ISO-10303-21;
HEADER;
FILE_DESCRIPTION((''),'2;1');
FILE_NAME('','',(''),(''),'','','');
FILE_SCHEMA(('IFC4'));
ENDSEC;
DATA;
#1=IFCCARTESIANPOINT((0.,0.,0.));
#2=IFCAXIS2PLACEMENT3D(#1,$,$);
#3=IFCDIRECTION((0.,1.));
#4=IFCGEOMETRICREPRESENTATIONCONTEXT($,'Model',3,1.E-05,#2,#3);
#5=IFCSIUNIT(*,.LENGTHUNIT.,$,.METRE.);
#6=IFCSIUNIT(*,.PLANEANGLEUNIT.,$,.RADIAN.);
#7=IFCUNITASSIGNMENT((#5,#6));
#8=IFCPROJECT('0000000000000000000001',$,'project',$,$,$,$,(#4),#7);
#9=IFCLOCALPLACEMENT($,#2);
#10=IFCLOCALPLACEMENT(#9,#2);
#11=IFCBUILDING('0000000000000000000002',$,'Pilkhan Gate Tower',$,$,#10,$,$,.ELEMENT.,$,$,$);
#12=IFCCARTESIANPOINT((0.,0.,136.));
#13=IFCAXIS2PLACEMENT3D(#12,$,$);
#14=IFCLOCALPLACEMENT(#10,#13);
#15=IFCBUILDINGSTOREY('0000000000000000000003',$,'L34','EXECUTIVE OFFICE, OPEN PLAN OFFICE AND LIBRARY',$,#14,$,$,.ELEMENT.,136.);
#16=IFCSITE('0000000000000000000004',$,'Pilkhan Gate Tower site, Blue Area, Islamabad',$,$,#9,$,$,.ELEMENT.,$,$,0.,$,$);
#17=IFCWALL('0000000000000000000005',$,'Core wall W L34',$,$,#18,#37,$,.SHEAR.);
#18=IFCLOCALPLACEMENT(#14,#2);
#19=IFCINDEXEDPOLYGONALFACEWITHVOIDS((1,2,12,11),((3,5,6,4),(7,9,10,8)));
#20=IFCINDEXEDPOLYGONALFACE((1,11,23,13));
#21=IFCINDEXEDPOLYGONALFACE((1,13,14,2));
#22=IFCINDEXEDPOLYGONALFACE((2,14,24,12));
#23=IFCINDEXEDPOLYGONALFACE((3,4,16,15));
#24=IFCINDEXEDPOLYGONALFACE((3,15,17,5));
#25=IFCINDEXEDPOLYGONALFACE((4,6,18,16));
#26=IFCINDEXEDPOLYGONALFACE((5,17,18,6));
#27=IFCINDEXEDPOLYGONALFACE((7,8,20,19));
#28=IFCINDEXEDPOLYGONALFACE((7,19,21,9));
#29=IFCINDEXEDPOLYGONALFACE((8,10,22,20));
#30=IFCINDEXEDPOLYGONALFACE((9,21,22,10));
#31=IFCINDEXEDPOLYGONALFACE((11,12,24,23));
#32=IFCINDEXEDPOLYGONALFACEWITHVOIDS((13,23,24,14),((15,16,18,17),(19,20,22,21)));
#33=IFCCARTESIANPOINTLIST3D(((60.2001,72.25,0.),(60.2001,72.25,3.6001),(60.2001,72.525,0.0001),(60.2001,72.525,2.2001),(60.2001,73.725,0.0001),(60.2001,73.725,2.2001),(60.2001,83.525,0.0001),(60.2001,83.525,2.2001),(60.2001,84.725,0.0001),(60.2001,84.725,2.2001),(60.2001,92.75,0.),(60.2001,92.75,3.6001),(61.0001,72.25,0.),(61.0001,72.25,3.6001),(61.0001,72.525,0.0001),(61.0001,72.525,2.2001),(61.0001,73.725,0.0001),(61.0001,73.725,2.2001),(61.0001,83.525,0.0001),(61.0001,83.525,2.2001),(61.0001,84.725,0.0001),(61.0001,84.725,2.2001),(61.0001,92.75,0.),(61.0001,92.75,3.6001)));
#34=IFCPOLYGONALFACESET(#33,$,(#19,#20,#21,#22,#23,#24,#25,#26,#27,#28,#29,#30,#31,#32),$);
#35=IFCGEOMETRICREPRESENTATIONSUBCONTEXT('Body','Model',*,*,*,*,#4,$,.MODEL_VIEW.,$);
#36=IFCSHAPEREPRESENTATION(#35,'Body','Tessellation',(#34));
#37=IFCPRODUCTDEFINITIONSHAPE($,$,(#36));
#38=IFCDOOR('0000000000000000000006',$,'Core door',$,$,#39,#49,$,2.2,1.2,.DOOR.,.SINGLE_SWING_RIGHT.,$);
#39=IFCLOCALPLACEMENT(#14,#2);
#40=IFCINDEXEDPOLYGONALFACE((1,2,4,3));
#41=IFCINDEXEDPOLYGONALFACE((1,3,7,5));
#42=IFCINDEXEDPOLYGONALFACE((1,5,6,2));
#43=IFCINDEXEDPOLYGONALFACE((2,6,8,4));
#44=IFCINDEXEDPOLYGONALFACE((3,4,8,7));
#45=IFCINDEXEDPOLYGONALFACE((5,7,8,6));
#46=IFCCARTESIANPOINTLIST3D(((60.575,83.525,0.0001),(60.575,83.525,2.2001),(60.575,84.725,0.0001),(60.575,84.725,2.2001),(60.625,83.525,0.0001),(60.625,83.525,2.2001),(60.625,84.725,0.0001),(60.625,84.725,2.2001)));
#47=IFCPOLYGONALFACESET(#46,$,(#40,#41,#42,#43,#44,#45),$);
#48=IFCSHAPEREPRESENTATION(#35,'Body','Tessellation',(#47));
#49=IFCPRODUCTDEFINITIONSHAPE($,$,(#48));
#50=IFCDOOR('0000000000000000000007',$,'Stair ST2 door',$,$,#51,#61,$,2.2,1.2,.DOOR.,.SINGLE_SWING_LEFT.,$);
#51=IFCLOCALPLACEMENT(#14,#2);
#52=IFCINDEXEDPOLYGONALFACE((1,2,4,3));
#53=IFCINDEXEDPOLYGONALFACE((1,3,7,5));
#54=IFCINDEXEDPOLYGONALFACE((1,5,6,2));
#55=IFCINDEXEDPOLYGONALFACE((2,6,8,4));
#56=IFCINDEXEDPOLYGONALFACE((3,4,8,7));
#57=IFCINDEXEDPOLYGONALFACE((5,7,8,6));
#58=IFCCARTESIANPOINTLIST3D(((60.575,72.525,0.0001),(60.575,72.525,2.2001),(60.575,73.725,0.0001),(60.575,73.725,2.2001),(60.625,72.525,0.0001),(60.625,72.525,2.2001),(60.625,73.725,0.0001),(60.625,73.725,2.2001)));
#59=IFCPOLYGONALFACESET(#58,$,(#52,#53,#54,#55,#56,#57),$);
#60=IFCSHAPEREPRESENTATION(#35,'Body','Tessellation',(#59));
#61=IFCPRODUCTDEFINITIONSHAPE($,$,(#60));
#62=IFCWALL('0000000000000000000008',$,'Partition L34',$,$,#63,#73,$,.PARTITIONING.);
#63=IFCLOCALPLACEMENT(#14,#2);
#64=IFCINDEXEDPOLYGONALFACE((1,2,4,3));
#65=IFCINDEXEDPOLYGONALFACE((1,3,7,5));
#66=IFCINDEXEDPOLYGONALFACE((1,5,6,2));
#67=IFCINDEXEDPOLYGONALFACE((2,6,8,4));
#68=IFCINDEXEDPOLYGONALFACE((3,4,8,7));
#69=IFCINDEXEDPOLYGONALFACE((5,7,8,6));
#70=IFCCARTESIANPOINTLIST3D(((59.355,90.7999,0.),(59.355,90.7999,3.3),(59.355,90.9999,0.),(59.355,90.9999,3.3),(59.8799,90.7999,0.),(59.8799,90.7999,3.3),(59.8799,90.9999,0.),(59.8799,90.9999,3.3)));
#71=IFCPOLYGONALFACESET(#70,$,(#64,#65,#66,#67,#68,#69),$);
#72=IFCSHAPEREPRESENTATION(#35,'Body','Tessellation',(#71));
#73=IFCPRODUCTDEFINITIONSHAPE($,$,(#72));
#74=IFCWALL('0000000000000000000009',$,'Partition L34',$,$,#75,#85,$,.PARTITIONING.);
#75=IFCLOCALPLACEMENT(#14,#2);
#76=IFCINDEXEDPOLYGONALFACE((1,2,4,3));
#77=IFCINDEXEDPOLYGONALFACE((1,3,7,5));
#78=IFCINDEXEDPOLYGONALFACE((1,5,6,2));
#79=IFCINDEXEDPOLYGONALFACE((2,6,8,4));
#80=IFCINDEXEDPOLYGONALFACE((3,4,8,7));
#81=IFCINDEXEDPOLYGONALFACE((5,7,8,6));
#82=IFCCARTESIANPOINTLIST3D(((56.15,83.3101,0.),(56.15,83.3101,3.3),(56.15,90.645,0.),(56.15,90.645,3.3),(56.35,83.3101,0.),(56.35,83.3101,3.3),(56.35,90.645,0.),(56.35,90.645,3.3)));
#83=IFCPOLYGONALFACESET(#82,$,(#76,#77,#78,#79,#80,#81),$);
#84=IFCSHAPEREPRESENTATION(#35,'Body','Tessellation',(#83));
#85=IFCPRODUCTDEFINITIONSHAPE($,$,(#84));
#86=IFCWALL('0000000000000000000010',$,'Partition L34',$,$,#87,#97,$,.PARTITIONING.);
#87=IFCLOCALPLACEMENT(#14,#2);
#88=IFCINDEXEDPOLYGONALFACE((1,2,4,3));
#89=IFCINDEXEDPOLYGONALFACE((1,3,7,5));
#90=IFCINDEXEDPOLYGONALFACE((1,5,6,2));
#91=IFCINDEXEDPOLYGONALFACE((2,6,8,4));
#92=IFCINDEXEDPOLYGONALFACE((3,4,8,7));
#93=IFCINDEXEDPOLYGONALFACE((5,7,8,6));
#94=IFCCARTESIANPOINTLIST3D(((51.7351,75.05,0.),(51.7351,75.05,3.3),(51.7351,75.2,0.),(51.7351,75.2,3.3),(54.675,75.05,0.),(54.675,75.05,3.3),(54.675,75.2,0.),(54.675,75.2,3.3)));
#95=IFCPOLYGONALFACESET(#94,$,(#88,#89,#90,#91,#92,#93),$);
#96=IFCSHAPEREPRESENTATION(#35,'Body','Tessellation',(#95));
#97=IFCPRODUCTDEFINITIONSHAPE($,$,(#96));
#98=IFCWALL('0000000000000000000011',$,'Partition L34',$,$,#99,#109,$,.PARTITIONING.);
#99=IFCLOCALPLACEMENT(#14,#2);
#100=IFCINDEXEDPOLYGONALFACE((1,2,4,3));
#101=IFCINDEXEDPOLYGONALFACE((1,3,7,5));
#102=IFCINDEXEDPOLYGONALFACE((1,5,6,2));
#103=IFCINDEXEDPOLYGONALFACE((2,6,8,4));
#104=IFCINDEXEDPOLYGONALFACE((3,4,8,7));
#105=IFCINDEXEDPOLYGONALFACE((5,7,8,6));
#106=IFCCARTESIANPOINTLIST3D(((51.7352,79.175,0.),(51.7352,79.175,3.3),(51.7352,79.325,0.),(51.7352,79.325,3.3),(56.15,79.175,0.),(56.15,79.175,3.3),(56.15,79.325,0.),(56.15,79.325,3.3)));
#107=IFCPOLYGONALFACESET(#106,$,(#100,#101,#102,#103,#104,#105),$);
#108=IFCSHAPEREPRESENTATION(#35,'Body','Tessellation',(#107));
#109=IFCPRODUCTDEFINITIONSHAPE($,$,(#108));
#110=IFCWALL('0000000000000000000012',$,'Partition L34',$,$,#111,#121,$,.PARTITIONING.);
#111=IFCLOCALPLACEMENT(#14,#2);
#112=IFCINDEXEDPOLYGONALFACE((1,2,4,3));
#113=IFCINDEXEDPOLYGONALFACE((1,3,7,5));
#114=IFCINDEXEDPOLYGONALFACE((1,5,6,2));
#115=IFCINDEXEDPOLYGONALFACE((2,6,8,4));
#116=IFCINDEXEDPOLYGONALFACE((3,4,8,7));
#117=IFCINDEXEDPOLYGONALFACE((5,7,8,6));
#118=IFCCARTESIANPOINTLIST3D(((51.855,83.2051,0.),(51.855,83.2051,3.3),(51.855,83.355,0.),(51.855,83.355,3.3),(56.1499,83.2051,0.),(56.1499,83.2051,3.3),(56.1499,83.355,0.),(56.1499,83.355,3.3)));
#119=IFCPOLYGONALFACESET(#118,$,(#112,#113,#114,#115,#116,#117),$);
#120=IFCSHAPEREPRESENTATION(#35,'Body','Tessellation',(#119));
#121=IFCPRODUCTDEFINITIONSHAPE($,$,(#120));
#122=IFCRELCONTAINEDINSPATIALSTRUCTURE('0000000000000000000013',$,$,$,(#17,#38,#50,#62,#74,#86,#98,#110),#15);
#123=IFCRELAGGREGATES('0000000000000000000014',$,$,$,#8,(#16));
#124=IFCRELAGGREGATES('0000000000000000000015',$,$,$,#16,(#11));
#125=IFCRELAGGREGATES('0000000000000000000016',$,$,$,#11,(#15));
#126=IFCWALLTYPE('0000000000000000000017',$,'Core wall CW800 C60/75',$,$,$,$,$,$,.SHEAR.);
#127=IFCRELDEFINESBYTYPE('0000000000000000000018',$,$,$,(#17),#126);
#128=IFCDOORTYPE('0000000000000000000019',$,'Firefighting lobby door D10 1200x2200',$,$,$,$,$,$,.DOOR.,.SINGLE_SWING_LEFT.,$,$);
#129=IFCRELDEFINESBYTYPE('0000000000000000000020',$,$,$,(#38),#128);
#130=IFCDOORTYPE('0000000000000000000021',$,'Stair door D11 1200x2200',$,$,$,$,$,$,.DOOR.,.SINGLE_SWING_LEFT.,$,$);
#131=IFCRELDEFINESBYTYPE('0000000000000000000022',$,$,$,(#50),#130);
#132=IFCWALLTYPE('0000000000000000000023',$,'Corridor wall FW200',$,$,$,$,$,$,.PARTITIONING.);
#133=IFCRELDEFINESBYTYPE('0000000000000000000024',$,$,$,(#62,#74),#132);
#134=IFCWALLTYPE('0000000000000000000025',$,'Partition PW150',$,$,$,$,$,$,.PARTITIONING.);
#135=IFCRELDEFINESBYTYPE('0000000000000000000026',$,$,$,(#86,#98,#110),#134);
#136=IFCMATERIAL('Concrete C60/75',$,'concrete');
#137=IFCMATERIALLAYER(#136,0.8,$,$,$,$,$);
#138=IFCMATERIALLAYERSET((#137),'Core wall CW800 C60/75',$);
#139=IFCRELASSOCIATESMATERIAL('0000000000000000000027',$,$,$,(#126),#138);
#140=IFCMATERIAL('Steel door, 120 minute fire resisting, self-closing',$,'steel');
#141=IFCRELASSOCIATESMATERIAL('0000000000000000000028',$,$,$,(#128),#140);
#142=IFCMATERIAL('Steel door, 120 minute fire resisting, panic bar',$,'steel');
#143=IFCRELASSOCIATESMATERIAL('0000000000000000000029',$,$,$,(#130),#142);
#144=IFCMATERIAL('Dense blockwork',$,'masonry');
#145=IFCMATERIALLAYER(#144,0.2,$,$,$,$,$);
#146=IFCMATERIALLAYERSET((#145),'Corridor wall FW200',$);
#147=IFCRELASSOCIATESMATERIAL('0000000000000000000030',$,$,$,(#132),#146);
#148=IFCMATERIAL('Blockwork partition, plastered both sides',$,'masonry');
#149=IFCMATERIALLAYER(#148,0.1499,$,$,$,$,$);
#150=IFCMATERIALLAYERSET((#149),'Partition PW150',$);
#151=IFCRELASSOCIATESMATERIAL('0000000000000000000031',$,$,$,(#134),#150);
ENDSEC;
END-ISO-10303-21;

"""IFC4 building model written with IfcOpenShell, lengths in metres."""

from ifc_helpers import new_model, si_unit, direction, frame, frame_2d, origin, place, context, subcontext, project, spatial, rectangle, extrude, material, layer, layer_set, type_object, element, fill, save


model = new_model("IFC4")

# Units and contexts
model_context = context("Model", 3, precision=1e-05, world=origin(), true_north=direction((0.0, 1.0)))
body_context = subcontext(model_context, "Body", "Model", "MODEL_VIEW")
ifc_project = project(units=[si_unit("LENGTHUNIT", "METRE"), si_unit("PLANEANGLEUNIT", "RADIAN")], contexts=[model_context])

# Site, building, storey
site_placement = place(None, origin())
site = spatial("IfcSite", under=ifc_project, at=site_placement, Name="Pilkhan Gate Tower site, Blue Area, Islamabad", CompositionType="ELEMENT", RefElevation=0.0)
building_placement = place(site_placement, origin())
building = spatial("IfcBuilding", under=site, at=building_placement, Name="Pilkhan Gate Tower", CompositionType="ELEMENT")
storey_placement = place(building_placement, frame((0.0, 0.0, 136.0)))
storey = spatial("IfcBuildingStorey", under=building, at=storey_placement, Name="L34", Description="EXECUTIVE OFFICE, OPEN PLAN OFFICE AND LIBRARY", CompositionType="ELEMENT", Elevation=136.0)

# Shared definitions
ifc_material_1 = material(Name="Concrete C60/75", Category="concrete")

# Wall, openings, doors
ifc_layer_1 = layer(ifc_material_1, 0.8)
ifc_layer_set_1 = layer_set([ifc_layer_1], Name="Core wall CW800 C60/75")
wall_type_1 = type_object("IfcWallType", Name="Core wall CW800 C60/75", PredefinedType="SHEAR", material=ifc_layer_set_1)
wall_1_placement = place(storey_placement, frame((60.6001, 92.75, 0.0), z_axis=(0.0, 0.0, 1.0), x_axis=(0.0, -1.0, 0.0)))
wall_1 = element("IfcWall", 1, at=wall_1_placement, inside=storey, type_object=wall_type_1, Name="Core wall W L34", PredefinedType="SHEAR", context=body_context, shape_type="SweptSolid", body=[
    extrude(rectangle(XDim=20.5, YDim=0.8, at=frame_2d((10.25, 0.0))), origin(), (0.0, 0.0, 1.0), 3.6001),
])
opening_1_placement = place(wall_1_placement, frame((19.0249, 0.0, 0.0)))
opening_1 = element("IfcOpeningElement", 2, at=opening_1_placement, cuts=wall_1, PredefinedType="OPENING", context=body_context, shape_type="SweptSolid", body=[
    extrude(rectangle(XDim=1.2, YDim=2.2, at=frame_2d((0.6001, 1.1001))), frame((0.0, 0.4099, 0.0), z_axis=(0.0, -1.0, 0.0), x_axis=(1.0, 0.0, 0.0)), (0.0, 0.0, 1.0), 0.8201),
])
opening_2_placement = place(wall_1_placement, frame((8.0249, 0.0, 0.0)))
opening_2 = element("IfcOpeningElement", 3, at=opening_2_placement, cuts=wall_1, PredefinedType="OPENING", context=body_context, shape_type="SweptSolid", body=[
    extrude(rectangle(XDim=1.2, YDim=2.2, at=frame_2d((0.6001, 1.1001))), frame((0.0, 0.4099, 0.0), z_axis=(0.0, -1.0, 0.0), x_axis=(1.0, 0.0, 0.0)), (0.0, 0.0, 1.0), 0.8201),
])
ifc_material_2 = material(Name="Steel door, 120 minute fire resisting, self-closing", Category="steel")
door_type_1 = type_object("IfcDoorType", Name="Firefighting lobby door D10 1200x2200", OperationType="SINGLE_SWING_LEFT", PredefinedType="DOOR", material=ifc_material_2)
door_1_placement = place(opening_2_placement, origin())
door_1 = element("IfcDoor", 4, at=door_1_placement, inside=storey, type_object=door_type_1, Name="Core door", OperationType="SINGLE_SWING_RIGHT", OverallHeight=2.2, OverallWidth=1.2, PredefinedType="DOOR", context=body_context, shape_type="SweptSolid", body=[
    extrude(rectangle(XDim=1.2, YDim=2.2, at=frame_2d((0.6001, 1.1001))), frame((0.0, 0.0249, 0.0), z_axis=(0.0, -1.0, 0.0), x_axis=(1.0, 0.0, 0.0)), (0.0, 0.0, 1.0), 0.05),
])
fill(opening_2, door_1)
ifc_material_3 = material(Name="Steel door, 120 minute fire resisting, panic bar", Category="steel")
door_type_2 = type_object("IfcDoorType", Name="Stair door D11 1200x2200", OperationType="SINGLE_SWING_LEFT", PredefinedType="DOOR", material=ifc_material_3)
door_2_placement = place(opening_1_placement, origin())
door_2 = element("IfcDoor", 5, at=door_2_placement, inside=storey, type_object=door_type_2, Name="Stair ST2 door", OperationType="SINGLE_SWING_LEFT", OverallHeight=2.2, OverallWidth=1.2, PredefinedType="DOOR", context=body_context, shape_type="SweptSolid", body=[
    extrude(rectangle(XDim=1.2, YDim=2.2, at=frame_2d((0.6001, 1.1001))), frame((0.0, 0.0249, 0.0), z_axis=(0.0, -1.0, 0.0), x_axis=(1.0, 0.0, 0.0)), (0.0, 0.0, 1.0), 0.05),
])
fill(opening_1, door_2)

# Walls
ifc_material_4 = material(Name="Dense blockwork", Category="masonry")
ifc_layer_2 = layer(ifc_material_4, 0.2)
ifc_layer_set_2 = layer_set([ifc_layer_2], Name="Corridor wall FW200")
wall_type_2 = type_object("IfcWallType", Name="Corridor wall FW200", PredefinedType="PARTITIONING", material=ifc_layer_set_2)
wall_2_placement = place(storey_placement, frame((59.355, 90.8999, 0.0), z_axis=(0.0, 0.0, 1.0), x_axis=(1.0, 0.0, 0.0)))
element("IfcWall", 6, at=wall_2_placement, inside=storey, type_object=wall_type_2, Name="Partition L34", PredefinedType="PARTITIONING", context=body_context, shape_type="SweptSolid", body=[
    extrude(rectangle(XDim=0.5249, YDim=0.2, at=frame_2d((0.2625, 0.0))), origin(), (0.0, 0.0, 1.0), 3.3),
])
wall_3_placement = place(storey_placement, frame((56.25, 83.3101, 0.0), z_axis=(0.0, 0.0, 1.0), x_axis=(0.0, 1.0, 0.0)))
element("IfcWall", 7, at=wall_3_placement, inside=storey, type_object=wall_type_2, Name="Partition L34", PredefinedType="PARTITIONING", context=body_context, shape_type="SweptSolid", body=[
    extrude(rectangle(XDim=7.335, YDim=0.2, at=frame_2d((3.6675, 0.0))), origin(), (0.0, 0.0, 1.0), 3.3),
])
ifc_material_5 = material(Name="Blockwork partition, plastered both sides", Category="masonry")
ifc_layer_3 = layer(ifc_material_5, 0.1499)
ifc_layer_set_3 = layer_set([ifc_layer_3], Name="Partition PW150")
wall_type_3 = type_object("IfcWallType", Name="Partition PW150", PredefinedType="PARTITIONING", material=ifc_layer_set_3)
wall_4_placement = place(storey_placement, frame((51.7351, 75.125, 0.0), z_axis=(0.0, 0.0, 1.0), x_axis=(1.0, 0.0, 0.0)))
element("IfcWall", 8, at=wall_4_placement, inside=storey, type_object=wall_type_3, Name="Partition L34", PredefinedType="PARTITIONING", context=body_context, shape_type="SweptSolid", body=[
    extrude(rectangle(XDim=2.9399, YDim=0.1499, at=frame_2d((1.47, 0.0))), origin(), (0.0, 0.0, 1.0), 3.3),
])
wall_5_placement = place(storey_placement, frame((51.7351, 79.25, 0.0), z_axis=(0.0, 0.0, 1.0), x_axis=(1.0, 0.0, 0.0)))
element("IfcWall", 9, at=wall_5_placement, inside=storey, type_object=wall_type_3, Name="Partition L34", PredefinedType="PARTITIONING", context=body_context, shape_type="SweptSolid", body=[
    extrude(rectangle(XDim=4.4148, YDim=0.1499, at=frame_2d((2.2075, 0.0))), origin(), (0.0, 0.0, 1.0), 3.3),
])
wall_6_placement = place(storey_placement, frame((51.855, 83.28, 0.0), z_axis=(0.0, 0.0, 1.0), x_axis=(1.0, 0.0, 0.0)))
element("IfcWall", 10, at=wall_6_placement, inside=storey, type_object=wall_type_3, Name="Partition L34", PredefinedType="PARTITIONING", context=body_context, shape_type="SweptSolid", body=[
    extrude(rectangle(XDim=4.2949, YDim=0.1499, at=frame_2d((2.1475, 0.0))), origin(), (0.0, 0.0, 1.0), 3.3),
])

save(model, "model.ifc")
